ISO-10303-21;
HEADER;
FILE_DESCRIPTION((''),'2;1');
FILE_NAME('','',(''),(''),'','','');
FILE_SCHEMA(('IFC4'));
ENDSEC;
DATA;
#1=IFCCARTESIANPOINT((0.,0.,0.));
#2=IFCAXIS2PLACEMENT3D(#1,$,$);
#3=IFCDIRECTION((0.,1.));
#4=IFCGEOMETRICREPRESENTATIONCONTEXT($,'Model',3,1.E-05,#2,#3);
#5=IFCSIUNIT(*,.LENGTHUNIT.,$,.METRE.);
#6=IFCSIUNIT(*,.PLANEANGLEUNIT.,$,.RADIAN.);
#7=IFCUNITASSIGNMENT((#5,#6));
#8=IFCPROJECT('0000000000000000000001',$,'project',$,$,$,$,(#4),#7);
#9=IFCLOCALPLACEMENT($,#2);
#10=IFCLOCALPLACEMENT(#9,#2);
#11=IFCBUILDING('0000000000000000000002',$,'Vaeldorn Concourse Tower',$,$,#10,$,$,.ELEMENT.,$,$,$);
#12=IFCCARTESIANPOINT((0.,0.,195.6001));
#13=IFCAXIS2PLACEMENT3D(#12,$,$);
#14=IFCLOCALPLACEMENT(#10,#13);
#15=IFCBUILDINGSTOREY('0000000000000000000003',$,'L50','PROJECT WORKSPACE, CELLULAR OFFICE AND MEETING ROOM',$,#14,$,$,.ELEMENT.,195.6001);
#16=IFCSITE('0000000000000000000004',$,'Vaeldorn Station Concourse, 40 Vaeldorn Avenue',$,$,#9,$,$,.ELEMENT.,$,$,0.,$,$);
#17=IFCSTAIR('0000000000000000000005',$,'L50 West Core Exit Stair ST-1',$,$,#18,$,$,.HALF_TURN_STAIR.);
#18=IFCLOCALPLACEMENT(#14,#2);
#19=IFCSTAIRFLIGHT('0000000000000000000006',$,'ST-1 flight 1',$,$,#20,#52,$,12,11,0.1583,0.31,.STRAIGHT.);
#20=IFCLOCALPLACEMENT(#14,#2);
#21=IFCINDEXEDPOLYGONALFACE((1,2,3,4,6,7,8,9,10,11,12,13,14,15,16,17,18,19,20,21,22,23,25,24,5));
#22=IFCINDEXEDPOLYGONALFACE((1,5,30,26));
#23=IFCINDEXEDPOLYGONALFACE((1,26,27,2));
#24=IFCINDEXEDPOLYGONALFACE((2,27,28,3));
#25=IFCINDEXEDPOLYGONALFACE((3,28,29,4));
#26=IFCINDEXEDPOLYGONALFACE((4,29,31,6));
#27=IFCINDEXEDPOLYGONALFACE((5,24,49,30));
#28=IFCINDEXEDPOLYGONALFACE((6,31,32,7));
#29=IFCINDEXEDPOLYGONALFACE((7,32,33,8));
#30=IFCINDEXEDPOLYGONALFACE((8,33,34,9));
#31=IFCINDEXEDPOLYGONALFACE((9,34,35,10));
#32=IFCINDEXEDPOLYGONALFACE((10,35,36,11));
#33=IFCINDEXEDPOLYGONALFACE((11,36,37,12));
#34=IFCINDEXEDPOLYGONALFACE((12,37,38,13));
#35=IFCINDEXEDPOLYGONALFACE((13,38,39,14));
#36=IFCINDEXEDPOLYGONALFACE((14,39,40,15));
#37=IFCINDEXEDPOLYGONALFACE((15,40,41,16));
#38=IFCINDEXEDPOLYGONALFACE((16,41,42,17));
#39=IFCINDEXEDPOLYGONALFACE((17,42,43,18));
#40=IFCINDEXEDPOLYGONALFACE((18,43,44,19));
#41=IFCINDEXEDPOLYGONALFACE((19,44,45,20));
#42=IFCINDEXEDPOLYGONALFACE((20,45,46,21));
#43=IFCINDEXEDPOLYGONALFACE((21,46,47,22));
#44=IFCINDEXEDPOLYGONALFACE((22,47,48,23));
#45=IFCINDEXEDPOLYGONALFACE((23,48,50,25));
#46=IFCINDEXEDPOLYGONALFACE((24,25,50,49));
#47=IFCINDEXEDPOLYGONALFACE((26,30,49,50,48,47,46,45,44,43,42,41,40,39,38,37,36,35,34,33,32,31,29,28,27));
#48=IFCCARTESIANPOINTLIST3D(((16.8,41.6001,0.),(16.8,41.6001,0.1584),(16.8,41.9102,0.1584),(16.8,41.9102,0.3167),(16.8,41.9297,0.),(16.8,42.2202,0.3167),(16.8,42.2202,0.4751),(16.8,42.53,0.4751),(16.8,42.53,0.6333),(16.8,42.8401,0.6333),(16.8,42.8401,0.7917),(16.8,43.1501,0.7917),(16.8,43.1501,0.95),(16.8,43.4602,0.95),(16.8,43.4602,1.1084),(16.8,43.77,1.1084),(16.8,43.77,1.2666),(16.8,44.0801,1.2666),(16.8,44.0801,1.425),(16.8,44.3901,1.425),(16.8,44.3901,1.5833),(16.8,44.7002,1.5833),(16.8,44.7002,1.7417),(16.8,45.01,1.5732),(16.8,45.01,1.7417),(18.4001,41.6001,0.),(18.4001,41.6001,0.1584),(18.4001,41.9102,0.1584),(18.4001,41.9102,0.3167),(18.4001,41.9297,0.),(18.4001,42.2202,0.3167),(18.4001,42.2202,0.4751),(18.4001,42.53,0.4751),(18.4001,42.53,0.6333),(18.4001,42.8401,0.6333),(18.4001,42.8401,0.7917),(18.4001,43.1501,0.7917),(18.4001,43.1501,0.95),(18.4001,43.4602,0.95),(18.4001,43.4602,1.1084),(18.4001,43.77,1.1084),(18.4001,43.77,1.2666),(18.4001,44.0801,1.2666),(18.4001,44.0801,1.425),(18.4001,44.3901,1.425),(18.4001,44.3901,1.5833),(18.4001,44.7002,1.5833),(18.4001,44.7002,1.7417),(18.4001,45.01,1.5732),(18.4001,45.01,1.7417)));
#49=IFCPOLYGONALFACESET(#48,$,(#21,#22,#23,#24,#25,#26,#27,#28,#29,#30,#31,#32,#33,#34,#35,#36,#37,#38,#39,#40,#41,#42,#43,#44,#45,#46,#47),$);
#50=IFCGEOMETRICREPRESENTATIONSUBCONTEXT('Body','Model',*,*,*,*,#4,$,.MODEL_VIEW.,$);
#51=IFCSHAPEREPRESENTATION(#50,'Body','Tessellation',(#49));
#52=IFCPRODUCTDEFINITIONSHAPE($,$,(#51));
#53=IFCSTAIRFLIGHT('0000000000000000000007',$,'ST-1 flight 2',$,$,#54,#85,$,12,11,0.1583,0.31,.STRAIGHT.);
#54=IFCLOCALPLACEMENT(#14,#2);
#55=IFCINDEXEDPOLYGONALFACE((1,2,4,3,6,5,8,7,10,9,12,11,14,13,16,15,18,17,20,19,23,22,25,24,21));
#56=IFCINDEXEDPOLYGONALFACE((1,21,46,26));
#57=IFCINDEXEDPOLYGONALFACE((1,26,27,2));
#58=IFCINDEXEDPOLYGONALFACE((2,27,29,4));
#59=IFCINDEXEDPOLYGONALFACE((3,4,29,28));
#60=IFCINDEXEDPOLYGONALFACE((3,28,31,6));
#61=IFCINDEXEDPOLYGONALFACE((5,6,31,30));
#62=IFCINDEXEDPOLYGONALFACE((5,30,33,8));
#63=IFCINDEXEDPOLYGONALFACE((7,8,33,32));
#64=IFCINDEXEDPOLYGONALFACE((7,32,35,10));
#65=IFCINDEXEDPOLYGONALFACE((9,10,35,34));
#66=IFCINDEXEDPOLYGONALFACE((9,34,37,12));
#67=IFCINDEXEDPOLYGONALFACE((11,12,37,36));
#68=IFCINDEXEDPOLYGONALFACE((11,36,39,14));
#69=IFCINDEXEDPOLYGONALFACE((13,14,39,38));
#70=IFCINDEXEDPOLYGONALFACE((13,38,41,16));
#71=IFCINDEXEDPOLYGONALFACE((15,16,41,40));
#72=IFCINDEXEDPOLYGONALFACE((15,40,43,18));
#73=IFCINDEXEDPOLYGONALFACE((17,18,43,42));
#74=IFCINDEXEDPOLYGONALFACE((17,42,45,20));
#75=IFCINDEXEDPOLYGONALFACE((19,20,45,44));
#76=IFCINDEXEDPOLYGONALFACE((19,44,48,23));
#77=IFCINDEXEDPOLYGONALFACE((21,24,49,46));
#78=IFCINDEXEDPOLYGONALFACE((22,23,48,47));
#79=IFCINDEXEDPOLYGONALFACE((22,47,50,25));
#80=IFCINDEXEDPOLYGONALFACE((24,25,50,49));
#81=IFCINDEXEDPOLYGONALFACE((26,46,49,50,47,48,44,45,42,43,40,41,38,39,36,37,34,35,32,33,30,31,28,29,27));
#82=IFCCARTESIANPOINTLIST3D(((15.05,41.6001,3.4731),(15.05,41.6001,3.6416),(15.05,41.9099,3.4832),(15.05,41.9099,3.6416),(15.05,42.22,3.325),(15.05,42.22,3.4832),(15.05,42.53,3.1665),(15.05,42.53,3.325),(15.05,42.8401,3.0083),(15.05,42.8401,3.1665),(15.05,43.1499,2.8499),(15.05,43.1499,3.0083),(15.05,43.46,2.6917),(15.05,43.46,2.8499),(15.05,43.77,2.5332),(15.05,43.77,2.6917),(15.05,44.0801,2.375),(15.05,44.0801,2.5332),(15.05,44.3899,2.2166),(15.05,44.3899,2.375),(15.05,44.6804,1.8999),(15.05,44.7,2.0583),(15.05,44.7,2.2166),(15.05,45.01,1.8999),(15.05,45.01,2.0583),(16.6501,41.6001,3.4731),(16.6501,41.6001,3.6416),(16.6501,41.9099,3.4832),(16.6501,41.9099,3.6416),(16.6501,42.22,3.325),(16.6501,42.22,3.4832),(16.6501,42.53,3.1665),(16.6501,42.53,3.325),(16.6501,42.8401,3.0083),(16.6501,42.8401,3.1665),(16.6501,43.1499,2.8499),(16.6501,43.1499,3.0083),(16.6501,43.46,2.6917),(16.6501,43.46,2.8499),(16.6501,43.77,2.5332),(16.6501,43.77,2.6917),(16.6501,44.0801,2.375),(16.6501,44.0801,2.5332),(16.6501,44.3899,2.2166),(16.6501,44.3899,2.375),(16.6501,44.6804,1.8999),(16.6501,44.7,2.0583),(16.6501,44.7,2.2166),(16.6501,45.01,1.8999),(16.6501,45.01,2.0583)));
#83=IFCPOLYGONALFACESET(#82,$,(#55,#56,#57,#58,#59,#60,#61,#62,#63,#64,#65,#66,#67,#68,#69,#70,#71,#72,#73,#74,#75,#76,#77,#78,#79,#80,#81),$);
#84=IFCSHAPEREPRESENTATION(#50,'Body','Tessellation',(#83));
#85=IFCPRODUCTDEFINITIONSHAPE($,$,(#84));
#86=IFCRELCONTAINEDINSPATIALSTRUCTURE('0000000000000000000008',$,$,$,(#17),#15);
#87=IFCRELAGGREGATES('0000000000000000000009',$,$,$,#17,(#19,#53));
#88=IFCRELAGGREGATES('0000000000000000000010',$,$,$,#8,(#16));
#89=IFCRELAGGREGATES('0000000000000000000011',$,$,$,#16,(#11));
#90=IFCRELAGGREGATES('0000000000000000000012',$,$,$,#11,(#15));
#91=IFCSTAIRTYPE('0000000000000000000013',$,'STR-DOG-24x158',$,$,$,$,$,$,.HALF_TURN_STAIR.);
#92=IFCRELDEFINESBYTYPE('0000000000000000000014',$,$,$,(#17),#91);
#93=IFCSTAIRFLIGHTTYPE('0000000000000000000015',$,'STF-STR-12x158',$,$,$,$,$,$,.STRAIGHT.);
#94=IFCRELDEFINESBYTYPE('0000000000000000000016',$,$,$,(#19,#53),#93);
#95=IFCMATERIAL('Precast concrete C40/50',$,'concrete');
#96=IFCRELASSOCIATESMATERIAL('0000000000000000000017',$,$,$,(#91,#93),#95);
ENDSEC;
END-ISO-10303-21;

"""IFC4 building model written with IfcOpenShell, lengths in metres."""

from ifc_helpers import new_model, si_unit, direction, frame, origin, place, context, subcontext, project, spatial, polyline, outline, extrude, material, type_object, element, aggregate, save


model = new_model("IFC4")

# Units and contexts
model_context = context("Model", 3, precision=1e-05, world=origin(), true_north=direction((0.0, 1.0)))
body_context = subcontext(model_context, "Body", "Model", "MODEL_VIEW")
ifc_project = project(units=[si_unit("LENGTHUNIT", "METRE"), si_unit("PLANEANGLEUNIT", "RADIAN")], contexts=[model_context])

# Site, building, storey
site_placement = place(None, origin())
site = spatial("IfcSite", under=ifc_project, at=site_placement, Name="Vaeldorn Station Concourse, 40 Vaeldorn Avenue", CompositionType="ELEMENT", RefElevation=0.0)
building_placement = place(site_placement, origin())
building = spatial("IfcBuilding", under=site, at=building_placement, Name="Vaeldorn Concourse Tower", CompositionType="ELEMENT")
storey_placement = place(building_placement, frame((0.0, 0.0, 195.6001)))
storey = spatial("IfcBuildingStorey", under=building, at=storey_placement, Name="L50", Description="PROJECT WORKSPACE, CELLULAR OFFICE AND MEETING ROOM", CompositionType="ELEMENT", Elevation=195.6001)

# Stair, stair flights
ifc_material_1 = material(Name="Precast concrete C40/50", Category="concrete")
stair_type = type_object("IfcStairType", Name="STR-DOG-24x158", PredefinedType="HALF_TURN_STAIR", material=ifc_material_1)
stair_placement = place(storey_placement, origin())
stair = element("IfcStair", 1, at=stair_placement, inside=storey, type_object=stair_type, Name="L50 West Core Exit Stair ST-1", PredefinedType="HALF_TURN_STAIR")
stair_flight_type = type_object("IfcStairFlightType", Name="STF-STR-12x158", PredefinedType="STRAIGHT", material=ifc_material_1)
stair_flight_1_placement = place(storey_placement, frame((17.6001, 41.6001, 0.0), z_axis=(0.0, 0.0, 1.0), x_axis=(0.0, 1.0, 0.0)))
stair_flight_1 = element("IfcStairFlight", 2, at=stair_flight_1_placement, type_object=stair_flight_type, Name="ST-1 flight 1", NumberOfRisers=12, NumberOfTreads=11, PredefinedType="STRAIGHT", RiserHeight=0.1583, TreadLength=0.31, context=body_context, shape_type="SweptSolid", body=[
    extrude(outline(polyline([(0.0, 0.0), (0.0, 0.1584), (0.3101, 0.1584), (0.3101, 0.3167), (0.6201, 0.3167), (0.6201, 0.4751), (0.9299, 0.4751), (0.9299, 0.6333), (1.24, 0.6333), (1.24, 0.7917), (1.55, 0.7917), (1.55, 0.95), (1.8601, 0.95), (1.8601, 1.1084), (2.1699, 1.1084), (2.1699, 1.2666), (2.48, 1.2666), (2.48, 1.425), (2.79, 1.425), (2.79, 1.5833), (3.1001, 1.5833), (3.1001, 1.7417), (3.4099, 1.7417), (3.4099, 1.8999), (3.4099, 1.5732), (0.3296, 0.0), (0.0, 0.0)])), frame((0.0, 0.8, 0.0), z_axis=(0.0, -1.0, 0.0), x_axis=(1.0, 0.0, 0.0)), (0.0, 0.0, 1.0), 1.6001),
])
stair_flight_2_placement = place(storey_placement, frame((15.8501, 45.01, 1.8999), z_axis=(0.0, 0.0, 1.0), x_axis=(0.0, -1.0, 0.0)))
stair_flight_2 = element("IfcStairFlight", 3, at=stair_flight_2_placement, type_object=stair_flight_type, Name="ST-1 flight 2", NumberOfRisers=12, NumberOfTreads=11, PredefinedType="STRAIGHT", RiserHeight=0.1583, TreadLength=0.31, context=body_context, shape_type="SweptSolid", body=[
    extrude(outline(polyline([(0.0, 0.0), (0.0, 0.1584), (0.3101, 0.1584), (0.3101, 0.3167), (0.6201, 0.3167), (0.6201, 0.4751), (0.9299, 0.4751), (0.9299, 0.6333), (1.24, 0.6333), (1.24, 0.7917), (1.55, 0.7917), (1.55, 0.95), (1.8601, 0.95), (1.8601, 1.1084), (2.1699, 1.1084), (2.1699, 1.2666), (2.48, 1.2666), (2.48, 1.425), (2.79, 1.425), (2.79, 1.5833), (3.1001, 1.5833), (3.1001, 1.7417), (3.4099, 1.7417), (3.4099, 1.8999), (3.4099, 1.5732), (0.3296, 0.0), (0.0, 0.0)])), frame((0.0, 0.8, 0.0), z_axis=(0.0, -1.0, 0.0), x_axis=(1.0, 0.0, 0.0)), (0.0, 0.0, 1.0), 1.6001),
])
aggregate(stair, [stair_flight_1, stair_flight_2])

save(model, "model.ifc")
